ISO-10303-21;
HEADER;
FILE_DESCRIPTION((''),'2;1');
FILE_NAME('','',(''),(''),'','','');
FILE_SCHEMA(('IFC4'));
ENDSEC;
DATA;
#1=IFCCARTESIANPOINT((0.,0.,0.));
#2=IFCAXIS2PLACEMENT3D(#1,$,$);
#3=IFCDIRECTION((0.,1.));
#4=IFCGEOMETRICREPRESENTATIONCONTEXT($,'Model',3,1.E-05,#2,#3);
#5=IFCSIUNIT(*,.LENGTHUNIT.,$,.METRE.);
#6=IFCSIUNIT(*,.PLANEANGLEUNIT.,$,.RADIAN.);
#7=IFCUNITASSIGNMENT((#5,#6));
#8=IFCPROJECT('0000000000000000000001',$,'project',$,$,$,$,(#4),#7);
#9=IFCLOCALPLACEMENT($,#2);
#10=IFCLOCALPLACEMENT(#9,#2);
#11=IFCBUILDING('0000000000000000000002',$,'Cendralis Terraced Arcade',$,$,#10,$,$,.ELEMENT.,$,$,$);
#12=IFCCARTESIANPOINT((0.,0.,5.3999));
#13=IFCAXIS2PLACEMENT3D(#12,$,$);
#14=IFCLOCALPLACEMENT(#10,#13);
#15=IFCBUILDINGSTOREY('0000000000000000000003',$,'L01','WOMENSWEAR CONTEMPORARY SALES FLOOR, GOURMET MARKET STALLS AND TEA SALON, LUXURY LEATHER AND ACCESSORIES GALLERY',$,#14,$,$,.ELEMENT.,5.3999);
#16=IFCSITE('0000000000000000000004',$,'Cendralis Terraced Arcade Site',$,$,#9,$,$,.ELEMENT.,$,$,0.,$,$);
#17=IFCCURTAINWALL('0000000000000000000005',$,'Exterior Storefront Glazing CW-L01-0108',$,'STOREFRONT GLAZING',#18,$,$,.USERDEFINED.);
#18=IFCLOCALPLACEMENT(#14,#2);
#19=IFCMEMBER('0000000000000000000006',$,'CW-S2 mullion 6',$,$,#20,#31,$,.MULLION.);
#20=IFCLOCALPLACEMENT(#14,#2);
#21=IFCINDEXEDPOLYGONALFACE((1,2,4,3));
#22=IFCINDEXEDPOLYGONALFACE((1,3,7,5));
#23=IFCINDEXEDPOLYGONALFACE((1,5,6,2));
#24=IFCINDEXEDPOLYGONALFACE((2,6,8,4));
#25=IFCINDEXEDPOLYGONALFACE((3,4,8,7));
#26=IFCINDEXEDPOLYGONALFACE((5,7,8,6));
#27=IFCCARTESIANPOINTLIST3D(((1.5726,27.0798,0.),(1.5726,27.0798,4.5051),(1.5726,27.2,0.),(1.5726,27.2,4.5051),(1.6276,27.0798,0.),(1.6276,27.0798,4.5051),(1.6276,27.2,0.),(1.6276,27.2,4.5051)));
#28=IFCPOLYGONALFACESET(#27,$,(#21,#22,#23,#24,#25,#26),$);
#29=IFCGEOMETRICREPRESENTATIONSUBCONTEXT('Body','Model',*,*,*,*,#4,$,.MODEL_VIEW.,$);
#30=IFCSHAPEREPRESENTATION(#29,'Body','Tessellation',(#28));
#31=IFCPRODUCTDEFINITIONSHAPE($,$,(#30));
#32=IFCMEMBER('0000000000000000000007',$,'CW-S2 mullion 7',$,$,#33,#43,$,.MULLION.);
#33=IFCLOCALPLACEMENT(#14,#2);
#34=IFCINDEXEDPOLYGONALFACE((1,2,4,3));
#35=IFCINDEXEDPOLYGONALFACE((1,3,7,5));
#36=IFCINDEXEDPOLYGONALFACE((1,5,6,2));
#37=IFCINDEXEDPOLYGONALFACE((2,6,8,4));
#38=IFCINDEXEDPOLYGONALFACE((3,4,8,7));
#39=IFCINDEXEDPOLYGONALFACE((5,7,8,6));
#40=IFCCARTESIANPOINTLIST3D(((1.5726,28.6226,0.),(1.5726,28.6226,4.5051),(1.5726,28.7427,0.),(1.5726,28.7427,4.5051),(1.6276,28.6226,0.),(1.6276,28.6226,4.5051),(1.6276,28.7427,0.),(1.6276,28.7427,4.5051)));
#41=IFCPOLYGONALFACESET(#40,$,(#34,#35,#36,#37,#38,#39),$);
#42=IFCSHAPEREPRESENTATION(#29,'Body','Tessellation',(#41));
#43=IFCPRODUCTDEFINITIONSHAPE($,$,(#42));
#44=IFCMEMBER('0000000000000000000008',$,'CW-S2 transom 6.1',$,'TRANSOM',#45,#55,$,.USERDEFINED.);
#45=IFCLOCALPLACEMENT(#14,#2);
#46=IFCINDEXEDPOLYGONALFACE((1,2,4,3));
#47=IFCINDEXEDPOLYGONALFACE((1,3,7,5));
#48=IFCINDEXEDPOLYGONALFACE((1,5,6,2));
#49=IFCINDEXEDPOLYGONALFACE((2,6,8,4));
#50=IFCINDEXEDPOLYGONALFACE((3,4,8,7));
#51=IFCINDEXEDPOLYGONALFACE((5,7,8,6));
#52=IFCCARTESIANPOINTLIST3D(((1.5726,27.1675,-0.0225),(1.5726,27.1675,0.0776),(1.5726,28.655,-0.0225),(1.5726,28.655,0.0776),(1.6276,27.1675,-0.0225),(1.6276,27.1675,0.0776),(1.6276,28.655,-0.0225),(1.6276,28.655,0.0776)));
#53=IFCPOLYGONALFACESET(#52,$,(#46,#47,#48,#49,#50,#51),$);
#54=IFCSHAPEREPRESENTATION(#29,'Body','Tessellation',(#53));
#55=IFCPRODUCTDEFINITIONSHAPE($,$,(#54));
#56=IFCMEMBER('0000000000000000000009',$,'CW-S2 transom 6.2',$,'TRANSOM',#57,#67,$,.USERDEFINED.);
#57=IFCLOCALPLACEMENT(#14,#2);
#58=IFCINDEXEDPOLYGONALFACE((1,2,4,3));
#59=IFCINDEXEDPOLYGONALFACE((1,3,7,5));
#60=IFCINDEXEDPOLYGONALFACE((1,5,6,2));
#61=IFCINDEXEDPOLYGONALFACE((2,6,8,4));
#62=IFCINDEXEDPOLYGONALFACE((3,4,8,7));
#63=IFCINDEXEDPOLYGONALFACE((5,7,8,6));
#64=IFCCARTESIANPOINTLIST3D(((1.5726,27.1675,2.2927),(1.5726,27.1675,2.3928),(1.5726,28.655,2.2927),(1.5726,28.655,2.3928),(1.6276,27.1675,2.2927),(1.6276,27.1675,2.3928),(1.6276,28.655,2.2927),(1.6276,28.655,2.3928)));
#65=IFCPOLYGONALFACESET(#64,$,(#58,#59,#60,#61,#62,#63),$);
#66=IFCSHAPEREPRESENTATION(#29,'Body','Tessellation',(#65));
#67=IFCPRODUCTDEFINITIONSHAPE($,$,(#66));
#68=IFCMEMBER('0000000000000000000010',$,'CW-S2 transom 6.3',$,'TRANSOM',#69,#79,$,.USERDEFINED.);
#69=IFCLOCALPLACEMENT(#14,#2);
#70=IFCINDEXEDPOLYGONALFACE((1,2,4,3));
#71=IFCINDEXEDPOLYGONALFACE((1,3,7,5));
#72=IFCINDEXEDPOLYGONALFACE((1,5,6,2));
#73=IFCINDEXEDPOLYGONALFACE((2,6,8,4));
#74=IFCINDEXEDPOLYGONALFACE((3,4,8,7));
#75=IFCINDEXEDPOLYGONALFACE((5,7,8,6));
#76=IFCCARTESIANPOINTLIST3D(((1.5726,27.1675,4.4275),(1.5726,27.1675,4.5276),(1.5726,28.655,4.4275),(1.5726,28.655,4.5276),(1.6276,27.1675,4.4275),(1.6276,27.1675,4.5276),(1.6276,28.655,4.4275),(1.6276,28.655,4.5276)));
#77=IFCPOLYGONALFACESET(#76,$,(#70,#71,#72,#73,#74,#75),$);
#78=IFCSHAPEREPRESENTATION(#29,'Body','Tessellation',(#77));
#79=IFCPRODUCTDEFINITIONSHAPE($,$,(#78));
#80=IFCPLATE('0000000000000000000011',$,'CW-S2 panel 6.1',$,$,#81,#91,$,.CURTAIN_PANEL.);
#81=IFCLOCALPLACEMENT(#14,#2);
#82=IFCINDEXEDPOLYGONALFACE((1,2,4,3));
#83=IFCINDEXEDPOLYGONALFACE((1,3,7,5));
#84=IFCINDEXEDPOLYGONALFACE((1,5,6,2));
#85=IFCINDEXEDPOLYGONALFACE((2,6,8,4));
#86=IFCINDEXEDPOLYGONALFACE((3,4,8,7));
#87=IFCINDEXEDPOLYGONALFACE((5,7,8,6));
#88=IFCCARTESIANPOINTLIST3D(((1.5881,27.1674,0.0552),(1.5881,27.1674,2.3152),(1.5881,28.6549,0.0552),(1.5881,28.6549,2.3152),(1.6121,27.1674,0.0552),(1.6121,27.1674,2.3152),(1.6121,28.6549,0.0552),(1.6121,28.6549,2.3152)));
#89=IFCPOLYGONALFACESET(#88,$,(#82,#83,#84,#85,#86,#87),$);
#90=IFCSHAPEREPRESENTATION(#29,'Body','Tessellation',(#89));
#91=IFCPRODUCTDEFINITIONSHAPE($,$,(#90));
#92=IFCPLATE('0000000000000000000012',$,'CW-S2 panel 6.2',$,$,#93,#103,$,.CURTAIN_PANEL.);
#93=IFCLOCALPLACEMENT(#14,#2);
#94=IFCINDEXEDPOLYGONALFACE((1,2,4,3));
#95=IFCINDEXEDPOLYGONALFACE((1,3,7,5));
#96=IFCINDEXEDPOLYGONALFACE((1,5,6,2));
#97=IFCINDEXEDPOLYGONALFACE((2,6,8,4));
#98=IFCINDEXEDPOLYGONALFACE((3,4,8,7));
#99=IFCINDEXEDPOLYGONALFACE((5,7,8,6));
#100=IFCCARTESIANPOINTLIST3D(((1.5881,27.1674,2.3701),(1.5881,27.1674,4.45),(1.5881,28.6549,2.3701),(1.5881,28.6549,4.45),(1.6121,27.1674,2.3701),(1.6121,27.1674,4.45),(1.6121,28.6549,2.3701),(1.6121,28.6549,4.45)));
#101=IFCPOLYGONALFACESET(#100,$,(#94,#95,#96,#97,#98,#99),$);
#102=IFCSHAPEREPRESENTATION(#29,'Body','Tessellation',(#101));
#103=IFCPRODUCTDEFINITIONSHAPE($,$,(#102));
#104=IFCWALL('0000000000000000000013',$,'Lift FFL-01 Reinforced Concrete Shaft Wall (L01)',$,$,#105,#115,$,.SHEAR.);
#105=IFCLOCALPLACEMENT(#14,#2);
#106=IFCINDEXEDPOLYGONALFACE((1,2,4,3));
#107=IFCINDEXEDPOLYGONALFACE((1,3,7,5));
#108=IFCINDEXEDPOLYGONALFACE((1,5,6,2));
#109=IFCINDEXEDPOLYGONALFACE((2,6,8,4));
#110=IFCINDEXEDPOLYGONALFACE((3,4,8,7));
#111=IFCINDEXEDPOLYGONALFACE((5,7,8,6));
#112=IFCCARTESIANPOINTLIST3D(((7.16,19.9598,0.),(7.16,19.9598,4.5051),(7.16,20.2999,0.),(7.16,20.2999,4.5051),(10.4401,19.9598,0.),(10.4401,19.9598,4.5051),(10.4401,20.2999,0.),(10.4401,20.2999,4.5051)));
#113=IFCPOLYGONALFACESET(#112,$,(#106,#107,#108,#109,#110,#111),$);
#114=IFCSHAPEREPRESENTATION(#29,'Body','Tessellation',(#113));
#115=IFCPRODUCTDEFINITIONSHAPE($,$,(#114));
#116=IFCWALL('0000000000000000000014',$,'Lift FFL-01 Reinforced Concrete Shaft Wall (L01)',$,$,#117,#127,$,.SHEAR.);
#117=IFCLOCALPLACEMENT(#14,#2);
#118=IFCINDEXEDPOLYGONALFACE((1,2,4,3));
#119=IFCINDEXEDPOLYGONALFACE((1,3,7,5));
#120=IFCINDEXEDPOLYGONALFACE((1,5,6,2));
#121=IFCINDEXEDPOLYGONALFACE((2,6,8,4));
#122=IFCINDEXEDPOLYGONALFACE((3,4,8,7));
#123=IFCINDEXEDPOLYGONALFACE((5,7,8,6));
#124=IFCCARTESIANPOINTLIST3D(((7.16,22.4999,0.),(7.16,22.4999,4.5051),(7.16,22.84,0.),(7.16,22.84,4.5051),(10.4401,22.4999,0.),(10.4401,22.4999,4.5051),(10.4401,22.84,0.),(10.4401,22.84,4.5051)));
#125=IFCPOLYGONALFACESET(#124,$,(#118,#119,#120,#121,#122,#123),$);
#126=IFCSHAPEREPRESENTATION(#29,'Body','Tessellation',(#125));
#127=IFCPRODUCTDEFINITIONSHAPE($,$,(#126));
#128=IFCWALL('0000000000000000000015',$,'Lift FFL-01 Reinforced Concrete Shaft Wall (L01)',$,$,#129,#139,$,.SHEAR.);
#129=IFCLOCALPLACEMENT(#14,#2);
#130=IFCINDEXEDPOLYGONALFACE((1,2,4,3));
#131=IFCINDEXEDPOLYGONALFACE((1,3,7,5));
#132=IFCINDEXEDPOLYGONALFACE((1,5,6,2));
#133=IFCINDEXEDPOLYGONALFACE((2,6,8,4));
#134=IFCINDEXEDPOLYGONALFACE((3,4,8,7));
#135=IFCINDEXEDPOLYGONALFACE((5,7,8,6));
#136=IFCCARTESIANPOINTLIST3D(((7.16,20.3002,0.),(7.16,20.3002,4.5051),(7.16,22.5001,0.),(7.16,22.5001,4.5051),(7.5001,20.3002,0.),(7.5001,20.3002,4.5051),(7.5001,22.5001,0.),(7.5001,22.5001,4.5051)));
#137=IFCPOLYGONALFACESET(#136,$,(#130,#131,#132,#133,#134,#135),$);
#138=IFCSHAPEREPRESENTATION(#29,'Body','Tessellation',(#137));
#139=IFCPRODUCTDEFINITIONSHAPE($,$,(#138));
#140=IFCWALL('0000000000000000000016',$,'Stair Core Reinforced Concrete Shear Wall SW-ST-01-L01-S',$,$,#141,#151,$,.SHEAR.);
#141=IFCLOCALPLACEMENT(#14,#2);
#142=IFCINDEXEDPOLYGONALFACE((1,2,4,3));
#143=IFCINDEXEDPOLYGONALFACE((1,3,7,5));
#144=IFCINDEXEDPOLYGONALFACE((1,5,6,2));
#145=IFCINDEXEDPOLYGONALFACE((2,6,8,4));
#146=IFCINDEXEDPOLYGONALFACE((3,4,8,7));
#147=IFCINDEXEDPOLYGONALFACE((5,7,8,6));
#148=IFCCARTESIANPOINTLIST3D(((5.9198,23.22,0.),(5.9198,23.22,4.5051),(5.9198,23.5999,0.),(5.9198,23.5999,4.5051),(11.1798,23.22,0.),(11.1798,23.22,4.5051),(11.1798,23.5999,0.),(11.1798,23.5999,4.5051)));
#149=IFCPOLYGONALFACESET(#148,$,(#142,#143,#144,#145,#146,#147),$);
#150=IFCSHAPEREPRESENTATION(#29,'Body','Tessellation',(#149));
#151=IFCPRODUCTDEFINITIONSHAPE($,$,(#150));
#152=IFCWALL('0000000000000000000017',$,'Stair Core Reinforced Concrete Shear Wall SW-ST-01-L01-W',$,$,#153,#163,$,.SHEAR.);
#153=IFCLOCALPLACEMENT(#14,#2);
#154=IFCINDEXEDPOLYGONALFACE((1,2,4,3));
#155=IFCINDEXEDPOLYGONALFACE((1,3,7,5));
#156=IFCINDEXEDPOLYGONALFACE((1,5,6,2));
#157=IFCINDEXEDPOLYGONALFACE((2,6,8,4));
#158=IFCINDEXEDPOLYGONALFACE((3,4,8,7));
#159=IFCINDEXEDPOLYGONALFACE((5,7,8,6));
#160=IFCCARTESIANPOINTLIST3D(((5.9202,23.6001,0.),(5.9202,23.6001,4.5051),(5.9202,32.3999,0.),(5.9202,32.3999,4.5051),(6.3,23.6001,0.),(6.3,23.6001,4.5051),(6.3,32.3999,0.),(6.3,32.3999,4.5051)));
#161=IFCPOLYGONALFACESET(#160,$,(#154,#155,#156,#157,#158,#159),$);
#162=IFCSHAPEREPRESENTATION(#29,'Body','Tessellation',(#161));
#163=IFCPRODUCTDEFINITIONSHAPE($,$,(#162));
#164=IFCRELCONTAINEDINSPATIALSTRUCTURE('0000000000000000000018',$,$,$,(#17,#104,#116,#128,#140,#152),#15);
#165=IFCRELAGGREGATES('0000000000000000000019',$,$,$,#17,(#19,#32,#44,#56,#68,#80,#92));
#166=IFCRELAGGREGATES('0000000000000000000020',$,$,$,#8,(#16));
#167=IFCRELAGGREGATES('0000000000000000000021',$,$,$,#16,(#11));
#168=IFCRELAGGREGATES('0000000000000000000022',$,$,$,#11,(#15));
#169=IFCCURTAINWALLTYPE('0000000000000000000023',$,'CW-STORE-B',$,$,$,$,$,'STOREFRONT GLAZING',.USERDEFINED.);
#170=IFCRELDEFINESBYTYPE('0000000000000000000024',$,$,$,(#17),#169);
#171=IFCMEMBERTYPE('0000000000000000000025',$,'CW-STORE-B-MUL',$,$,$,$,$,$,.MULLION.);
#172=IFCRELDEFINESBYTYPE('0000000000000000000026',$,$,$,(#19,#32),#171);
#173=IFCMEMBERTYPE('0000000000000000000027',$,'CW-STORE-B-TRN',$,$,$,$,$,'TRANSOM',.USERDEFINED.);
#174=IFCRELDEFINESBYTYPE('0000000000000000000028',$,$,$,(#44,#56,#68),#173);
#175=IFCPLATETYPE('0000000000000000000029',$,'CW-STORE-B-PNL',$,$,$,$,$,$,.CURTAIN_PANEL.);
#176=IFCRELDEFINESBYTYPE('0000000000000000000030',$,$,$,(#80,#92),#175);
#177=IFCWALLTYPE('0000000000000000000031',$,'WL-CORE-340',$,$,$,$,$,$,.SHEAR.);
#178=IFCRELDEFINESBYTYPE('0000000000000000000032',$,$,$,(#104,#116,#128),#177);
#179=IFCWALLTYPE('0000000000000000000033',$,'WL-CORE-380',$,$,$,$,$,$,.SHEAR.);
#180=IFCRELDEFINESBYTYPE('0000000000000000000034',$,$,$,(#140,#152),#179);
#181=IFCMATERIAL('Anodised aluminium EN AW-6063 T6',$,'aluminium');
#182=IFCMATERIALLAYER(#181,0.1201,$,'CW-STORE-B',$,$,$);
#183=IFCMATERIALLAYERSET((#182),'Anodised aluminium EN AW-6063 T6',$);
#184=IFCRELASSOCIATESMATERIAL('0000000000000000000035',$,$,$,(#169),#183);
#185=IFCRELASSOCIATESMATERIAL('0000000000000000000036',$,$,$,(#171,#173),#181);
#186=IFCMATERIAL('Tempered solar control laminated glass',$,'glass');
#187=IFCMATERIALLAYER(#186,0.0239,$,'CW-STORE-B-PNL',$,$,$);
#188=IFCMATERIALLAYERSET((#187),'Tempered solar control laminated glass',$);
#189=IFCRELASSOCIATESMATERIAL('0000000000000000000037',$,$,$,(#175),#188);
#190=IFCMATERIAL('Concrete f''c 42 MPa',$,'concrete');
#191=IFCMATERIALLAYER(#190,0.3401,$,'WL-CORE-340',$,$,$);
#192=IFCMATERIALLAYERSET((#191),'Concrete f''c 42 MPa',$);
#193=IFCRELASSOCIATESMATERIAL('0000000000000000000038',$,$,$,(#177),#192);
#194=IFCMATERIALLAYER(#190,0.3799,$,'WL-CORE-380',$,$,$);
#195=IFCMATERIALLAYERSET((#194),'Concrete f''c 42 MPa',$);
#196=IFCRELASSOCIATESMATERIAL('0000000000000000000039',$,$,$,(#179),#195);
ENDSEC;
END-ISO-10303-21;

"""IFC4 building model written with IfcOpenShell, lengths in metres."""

from ifc_helpers import new_model, si_unit, direction, frame, frame_2d, origin, origin_2d, place, context, subcontext, project, spatial, rectangle, extrude, material, layer, layer_set, material_profile, profile_set, type_object, element, aggregate, save


model = new_model("IFC4")

# Units and contexts
model_context = context("Model", 3, precision=1e-05, world=origin(), true_north=direction((0.0, 1.0)))
body_context = subcontext(model_context, "Body", "Model", "MODEL_VIEW")
ifc_project = project(units=[si_unit("LENGTHUNIT", "METRE"), si_unit("PLANEANGLEUNIT", "RADIAN")], contexts=[model_context])

# Site, building, storey
site_placement = place(None, origin())
site = spatial("IfcSite", under=ifc_project, at=site_placement, Name="Cendralis Terraced Arcade Site", CompositionType="ELEMENT", RefElevation=0.0)
building_placement = place(site_placement, origin())
building = spatial("IfcBuilding", under=site, at=building_placement, Name="Cendralis Terraced Arcade", CompositionType="ELEMENT")
storey_placement = place(building_placement, frame((0.0, 0.0, 5.3999)))
storey = spatial("IfcBuildingStorey", under=building, at=storey_placement, Name="L01", Description="WOMENSWEAR CONTEMPORARY SALES FLOOR, GOURMET MARKET STALLS AND TEA SALON, LUXURY LEATHER AND ACCESSORIES GALLERY", CompositionType="ELEMENT", Elevation=5.3999)

# Curtain wall, members, plates
ifc_material_1 = material(Name="Anodised aluminium EN AW-6063 T6", Category="aluminium")
ifc_layer_1 = layer(ifc_material_1, 0.1201, Name="CW-STORE-B")
ifc_layer_set_1 = layer_set([ifc_layer_1], Name="Anodised aluminium EN AW-6063 T6")
curtain_wall_type = type_object("IfcCurtainWallType", Name="CW-STORE-B", ElementType="STOREFRONT GLAZING", PredefinedType="USERDEFINED", material=ifc_layer_set_1)
curtain_wall_placement = place(storey_placement, origin())
curtain_wall = element("IfcCurtainWall", 1, at=curtain_wall_placement, inside=storey, type_object=curtain_wall_type, Name="Exterior Storefront Glazing CW-L01-0108", ObjectType="STOREFRONT GLAZING", PredefinedType="USERDEFINED")
ifc_material_profile_1 = material_profile(ifc_material_1, rectangle(XDim=0.0549, YDim=0.1201, at=origin_2d()), Name="ALU-MUL-55x120")
ifc_profile_set_1 = profile_set([ifc_material_profile_1], Name="Anodised aluminium EN AW-6063 T6")
member_type_1 = type_object("IfcMemberType", Name="CW-STORE-B-MUL", PredefinedType="MULLION", material=ifc_profile_set_1)
member_1_placement = place(storey_placement, frame((1.6001, 27.1399, 0.0), z_axis=(0.0, 0.0, 1.0), x_axis=(-1.0, 0.0, 0.0)))
member_1 = element("IfcMember", 2, at=member_1_placement, type_object=member_type_1, Name="CW-S2 mullion 6", PredefinedType="MULLION", context=body_context, shape_type="SweptSolid", body=[
    extrude(rectangle(XDim=0.0549, YDim=0.1201, at=origin_2d()), origin(), (0.0, 0.0, 1.0), 4.5051),
])
member_2_placement = place(storey_placement, frame((1.6001, 28.6826, 0.0), z_axis=(0.0, 0.0, 1.0), x_axis=(-1.0, 0.0, 0.0)))
member_2 = element("IfcMember", 3, at=member_2_placement, type_object=member_type_1, Name="CW-S2 mullion 7", PredefinedType="MULLION", context=body_context, shape_type="SweptSolid", body=[
    extrude(rectangle(XDim=0.0549, YDim=0.1201, at=origin_2d()), origin(), (0.0, 0.0, 1.0), 4.5051),
])
ifc_material_profile_2 = material_profile(ifc_material_1, rectangle(XDim=0.0549, YDim=0.1001, at=origin_2d()), Name="ALU-TRN-55x100")
ifc_profile_set_2 = profile_set([ifc_material_profile_2], Name="Anodised aluminium EN AW-6063 T6")
member_type_2 = type_object("IfcMemberType", Name="CW-STORE-B-TRN", ElementType="TRANSOM", PredefinedType="USERDEFINED", material=ifc_profile_set_2)
member_3_placement = place(storey_placement, frame((1.6001, 27.1675, 0.0276), z_axis=(0.0, 1.0, 0.0), x_axis=(-1.0, 0.0, 0.0)))
member_3 = element("IfcMember", 4, at=member_3_placement, type_object=member_type_2, Name="CW-S2 transom 6.1", ObjectType="TRANSOM", PredefinedType="USERDEFINED", context=body_context, shape_type="SweptSolid", body=[
    extrude(rectangle(XDim=0.0549, YDim=0.1001, at=origin_2d()), origin(), (0.0, 0.0, 1.0), 1.4875),
])
member_4_placement = place(storey_placement, frame((1.6001, 27.1675, 2.3428), z_axis=(0.0, 1.0, 0.0), x_axis=(-1.0, 0.0, 0.0)))
member_4 = element("IfcMember", 5, at=member_4_placement, type_object=member_type_2, Name="CW-S2 transom 6.2", ObjectType="TRANSOM", PredefinedType="USERDEFINED", context=body_context, shape_type="SweptSolid", body=[
    extrude(rectangle(XDim=0.0549, YDim=0.1001, at=origin_2d()), origin(), (0.0, 0.0, 1.0), 1.4875),
])
member_5_placement = place(storey_placement, frame((1.6001, 27.1675, 4.4775), z_axis=(0.0, 1.0, 0.0), x_axis=(-1.0, 0.0, 0.0)))
member_5 = element("IfcMember", 6, at=member_5_placement, type_object=member_type_2, Name="CW-S2 transom 6.3", ObjectType="TRANSOM", PredefinedType="USERDEFINED", context=body_context, shape_type="SweptSolid", body=[
    extrude(rectangle(XDim=0.0549, YDim=0.1001, at=origin_2d()), origin(), (0.0, 0.0, 1.0), 1.4875),
])
ifc_material_2 = material(Name="Tempered solar control laminated glass", Category="glass")
ifc_layer_2 = layer(ifc_material_2, 0.0239, Name="CW-STORE-B-PNL")
ifc_layer_set_2 = layer_set([ifc_layer_2], Name="Tempered solar control laminated glass")
plate_type = type_object("IfcPlateType", Name="CW-STORE-B-PNL", PredefinedType="CURTAIN_PANEL", material=ifc_layer_set_2)
plate_1_placement = place(storey_placement, frame((1.6001, 27.9111, 0.0552), z_axis=(0.0, 0.0, 1.0), x_axis=(0.0, 1.0, 0.0)))
plate_1 = element("IfcPlate", 7, at=plate_1_placement, type_object=plate_type, Name="CW-S2 panel 6.1", PredefinedType="CURTAIN_PANEL", context=body_context, shape_type="SweptSolid", body=[
    extrude(rectangle(XDim=1.4875, YDim=0.0239, at=origin_2d()), origin(), (0.0, 0.0, 1.0), 2.26),
])
plate_2_placement = place(storey_placement, frame((1.6001, 27.9111, 2.3701), z_axis=(0.0, 0.0, 1.0), x_axis=(0.0, 1.0, 0.0)))
plate_2 = element("IfcPlate", 8, at=plate_2_placement, type_object=plate_type, Name="CW-S2 panel 6.2", PredefinedType="CURTAIN_PANEL", context=body_context, shape_type="SweptSolid", body=[
    extrude(rectangle(XDim=1.4875, YDim=0.0239, at=origin_2d()), origin(), (0.0, 0.0, 1.0), 2.0798),
])
aggregate(curtain_wall, [member_1, member_2, member_3, member_4, member_5, plate_1, plate_2])

# Walls
ifc_material_3 = material(Name="Concrete f'c 42 MPa", Category="concrete")
ifc_layer_3 = layer(ifc_material_3, 0.3401, Name="WL-CORE-340")
ifc_layer_set_3 = layer_set([ifc_layer_3], Name="Concrete f'c 42 MPa")
wall_type_1 = type_object("IfcWallType", Name="WL-CORE-340", PredefinedType="SHEAR", material=ifc_layer_set_3)
for number, where, z_axis, x_axis, name in (
    (9, (7.1599, 20.1299, 0.0), (0.0, 0.0, 1.0), (1.0, 0.0, 0.0), "Lift FFL-01 Reinforced Concrete Shaft Wall (L01)"),
    (10, (7.1599, 22.6699, 0.0), (0.0, 0.0, 1.0), (1.0, 0.0, 0.0), "Lift FFL-01 Reinforced Concrete Shaft Wall (L01)"),
):
    element("IfcWall", number, at=place(storey_placement, frame(where, z_axis=z_axis, x_axis=x_axis)), inside=storey, type_object=wall_type_1, Name=name, PredefinedType="SHEAR", context=body_context, shape_type="SweptSolid", body=[
        extrude(rectangle(XDim=3.28, YDim=0.3401, at=frame_2d((1.6401, 0.0))), origin(), (0.0, 0.0, 1.0), 4.5051),
    ])
wall_1_placement = place(storey_placement, frame((7.3301, 20.3, 0.0), z_axis=(0.0, 0.0, 1.0), x_axis=(0.0, 1.0, 0.0)))
element("IfcWall", 11, at=wall_1_placement, inside=storey, type_object=wall_type_1, Name="Lift FFL-01 Reinforced Concrete Shaft Wall (L01)", PredefinedType="SHEAR", context=body_context, shape_type="SweptSolid", body=[
    extrude(rectangle(XDim=2.2, YDim=0.3401, at=frame_2d((1.1001, 0.0))), origin(), (0.0, 0.0, 1.0), 4.5051),
])
ifc_layer_4 = layer(ifc_material_3, 0.3799, Name="WL-CORE-380")
ifc_layer_set_4 = layer_set([ifc_layer_4], Name="Concrete f'c 42 MPa")
wall_type_2 = type_object("IfcWallType", Name="WL-CORE-380", PredefinedType="SHEAR", material=ifc_layer_set_4)
wall_2_placement = place(storey_placement, frame((5.9199, 23.4099, 0.0), z_axis=(0.0, 0.0, 1.0), x_axis=(1.0, 0.0, 0.0)))
element("IfcWall", 12, at=wall_2_placement, inside=storey, type_object=wall_type_2, Name="Stair Core Reinforced Concrete Shear Wall SW-ST-01-L01-S", PredefinedType="SHEAR", context=body_context, shape_type="SweptSolid", body=[
    extrude(rectangle(XDim=5.26, YDim=0.3799, at=frame_2d((2.6299, 0.0))), origin(), (0.0, 0.0, 1.0), 4.5051),
])
wall_3_placement = place(storey_placement, frame((6.1101, 23.6001, 0.0), z_axis=(0.0, 0.0, 1.0), x_axis=(0.0, 1.0, 0.0)))
element("IfcWall", 13, at=wall_3_placement, inside=storey, type_object=wall_type_2, Name="Stair Core Reinforced Concrete Shear Wall SW-ST-01-L01-W", PredefinedType="SHEAR", context=body_context, shape_type="SweptSolid", body=[
    extrude(rectangle(XDim=8.7998, YDim=0.3799, at=frame_2d((4.3999, 0.0))), origin(), (0.0, 0.0, 1.0), 4.5051),
])

save(model, "model.ifc")
